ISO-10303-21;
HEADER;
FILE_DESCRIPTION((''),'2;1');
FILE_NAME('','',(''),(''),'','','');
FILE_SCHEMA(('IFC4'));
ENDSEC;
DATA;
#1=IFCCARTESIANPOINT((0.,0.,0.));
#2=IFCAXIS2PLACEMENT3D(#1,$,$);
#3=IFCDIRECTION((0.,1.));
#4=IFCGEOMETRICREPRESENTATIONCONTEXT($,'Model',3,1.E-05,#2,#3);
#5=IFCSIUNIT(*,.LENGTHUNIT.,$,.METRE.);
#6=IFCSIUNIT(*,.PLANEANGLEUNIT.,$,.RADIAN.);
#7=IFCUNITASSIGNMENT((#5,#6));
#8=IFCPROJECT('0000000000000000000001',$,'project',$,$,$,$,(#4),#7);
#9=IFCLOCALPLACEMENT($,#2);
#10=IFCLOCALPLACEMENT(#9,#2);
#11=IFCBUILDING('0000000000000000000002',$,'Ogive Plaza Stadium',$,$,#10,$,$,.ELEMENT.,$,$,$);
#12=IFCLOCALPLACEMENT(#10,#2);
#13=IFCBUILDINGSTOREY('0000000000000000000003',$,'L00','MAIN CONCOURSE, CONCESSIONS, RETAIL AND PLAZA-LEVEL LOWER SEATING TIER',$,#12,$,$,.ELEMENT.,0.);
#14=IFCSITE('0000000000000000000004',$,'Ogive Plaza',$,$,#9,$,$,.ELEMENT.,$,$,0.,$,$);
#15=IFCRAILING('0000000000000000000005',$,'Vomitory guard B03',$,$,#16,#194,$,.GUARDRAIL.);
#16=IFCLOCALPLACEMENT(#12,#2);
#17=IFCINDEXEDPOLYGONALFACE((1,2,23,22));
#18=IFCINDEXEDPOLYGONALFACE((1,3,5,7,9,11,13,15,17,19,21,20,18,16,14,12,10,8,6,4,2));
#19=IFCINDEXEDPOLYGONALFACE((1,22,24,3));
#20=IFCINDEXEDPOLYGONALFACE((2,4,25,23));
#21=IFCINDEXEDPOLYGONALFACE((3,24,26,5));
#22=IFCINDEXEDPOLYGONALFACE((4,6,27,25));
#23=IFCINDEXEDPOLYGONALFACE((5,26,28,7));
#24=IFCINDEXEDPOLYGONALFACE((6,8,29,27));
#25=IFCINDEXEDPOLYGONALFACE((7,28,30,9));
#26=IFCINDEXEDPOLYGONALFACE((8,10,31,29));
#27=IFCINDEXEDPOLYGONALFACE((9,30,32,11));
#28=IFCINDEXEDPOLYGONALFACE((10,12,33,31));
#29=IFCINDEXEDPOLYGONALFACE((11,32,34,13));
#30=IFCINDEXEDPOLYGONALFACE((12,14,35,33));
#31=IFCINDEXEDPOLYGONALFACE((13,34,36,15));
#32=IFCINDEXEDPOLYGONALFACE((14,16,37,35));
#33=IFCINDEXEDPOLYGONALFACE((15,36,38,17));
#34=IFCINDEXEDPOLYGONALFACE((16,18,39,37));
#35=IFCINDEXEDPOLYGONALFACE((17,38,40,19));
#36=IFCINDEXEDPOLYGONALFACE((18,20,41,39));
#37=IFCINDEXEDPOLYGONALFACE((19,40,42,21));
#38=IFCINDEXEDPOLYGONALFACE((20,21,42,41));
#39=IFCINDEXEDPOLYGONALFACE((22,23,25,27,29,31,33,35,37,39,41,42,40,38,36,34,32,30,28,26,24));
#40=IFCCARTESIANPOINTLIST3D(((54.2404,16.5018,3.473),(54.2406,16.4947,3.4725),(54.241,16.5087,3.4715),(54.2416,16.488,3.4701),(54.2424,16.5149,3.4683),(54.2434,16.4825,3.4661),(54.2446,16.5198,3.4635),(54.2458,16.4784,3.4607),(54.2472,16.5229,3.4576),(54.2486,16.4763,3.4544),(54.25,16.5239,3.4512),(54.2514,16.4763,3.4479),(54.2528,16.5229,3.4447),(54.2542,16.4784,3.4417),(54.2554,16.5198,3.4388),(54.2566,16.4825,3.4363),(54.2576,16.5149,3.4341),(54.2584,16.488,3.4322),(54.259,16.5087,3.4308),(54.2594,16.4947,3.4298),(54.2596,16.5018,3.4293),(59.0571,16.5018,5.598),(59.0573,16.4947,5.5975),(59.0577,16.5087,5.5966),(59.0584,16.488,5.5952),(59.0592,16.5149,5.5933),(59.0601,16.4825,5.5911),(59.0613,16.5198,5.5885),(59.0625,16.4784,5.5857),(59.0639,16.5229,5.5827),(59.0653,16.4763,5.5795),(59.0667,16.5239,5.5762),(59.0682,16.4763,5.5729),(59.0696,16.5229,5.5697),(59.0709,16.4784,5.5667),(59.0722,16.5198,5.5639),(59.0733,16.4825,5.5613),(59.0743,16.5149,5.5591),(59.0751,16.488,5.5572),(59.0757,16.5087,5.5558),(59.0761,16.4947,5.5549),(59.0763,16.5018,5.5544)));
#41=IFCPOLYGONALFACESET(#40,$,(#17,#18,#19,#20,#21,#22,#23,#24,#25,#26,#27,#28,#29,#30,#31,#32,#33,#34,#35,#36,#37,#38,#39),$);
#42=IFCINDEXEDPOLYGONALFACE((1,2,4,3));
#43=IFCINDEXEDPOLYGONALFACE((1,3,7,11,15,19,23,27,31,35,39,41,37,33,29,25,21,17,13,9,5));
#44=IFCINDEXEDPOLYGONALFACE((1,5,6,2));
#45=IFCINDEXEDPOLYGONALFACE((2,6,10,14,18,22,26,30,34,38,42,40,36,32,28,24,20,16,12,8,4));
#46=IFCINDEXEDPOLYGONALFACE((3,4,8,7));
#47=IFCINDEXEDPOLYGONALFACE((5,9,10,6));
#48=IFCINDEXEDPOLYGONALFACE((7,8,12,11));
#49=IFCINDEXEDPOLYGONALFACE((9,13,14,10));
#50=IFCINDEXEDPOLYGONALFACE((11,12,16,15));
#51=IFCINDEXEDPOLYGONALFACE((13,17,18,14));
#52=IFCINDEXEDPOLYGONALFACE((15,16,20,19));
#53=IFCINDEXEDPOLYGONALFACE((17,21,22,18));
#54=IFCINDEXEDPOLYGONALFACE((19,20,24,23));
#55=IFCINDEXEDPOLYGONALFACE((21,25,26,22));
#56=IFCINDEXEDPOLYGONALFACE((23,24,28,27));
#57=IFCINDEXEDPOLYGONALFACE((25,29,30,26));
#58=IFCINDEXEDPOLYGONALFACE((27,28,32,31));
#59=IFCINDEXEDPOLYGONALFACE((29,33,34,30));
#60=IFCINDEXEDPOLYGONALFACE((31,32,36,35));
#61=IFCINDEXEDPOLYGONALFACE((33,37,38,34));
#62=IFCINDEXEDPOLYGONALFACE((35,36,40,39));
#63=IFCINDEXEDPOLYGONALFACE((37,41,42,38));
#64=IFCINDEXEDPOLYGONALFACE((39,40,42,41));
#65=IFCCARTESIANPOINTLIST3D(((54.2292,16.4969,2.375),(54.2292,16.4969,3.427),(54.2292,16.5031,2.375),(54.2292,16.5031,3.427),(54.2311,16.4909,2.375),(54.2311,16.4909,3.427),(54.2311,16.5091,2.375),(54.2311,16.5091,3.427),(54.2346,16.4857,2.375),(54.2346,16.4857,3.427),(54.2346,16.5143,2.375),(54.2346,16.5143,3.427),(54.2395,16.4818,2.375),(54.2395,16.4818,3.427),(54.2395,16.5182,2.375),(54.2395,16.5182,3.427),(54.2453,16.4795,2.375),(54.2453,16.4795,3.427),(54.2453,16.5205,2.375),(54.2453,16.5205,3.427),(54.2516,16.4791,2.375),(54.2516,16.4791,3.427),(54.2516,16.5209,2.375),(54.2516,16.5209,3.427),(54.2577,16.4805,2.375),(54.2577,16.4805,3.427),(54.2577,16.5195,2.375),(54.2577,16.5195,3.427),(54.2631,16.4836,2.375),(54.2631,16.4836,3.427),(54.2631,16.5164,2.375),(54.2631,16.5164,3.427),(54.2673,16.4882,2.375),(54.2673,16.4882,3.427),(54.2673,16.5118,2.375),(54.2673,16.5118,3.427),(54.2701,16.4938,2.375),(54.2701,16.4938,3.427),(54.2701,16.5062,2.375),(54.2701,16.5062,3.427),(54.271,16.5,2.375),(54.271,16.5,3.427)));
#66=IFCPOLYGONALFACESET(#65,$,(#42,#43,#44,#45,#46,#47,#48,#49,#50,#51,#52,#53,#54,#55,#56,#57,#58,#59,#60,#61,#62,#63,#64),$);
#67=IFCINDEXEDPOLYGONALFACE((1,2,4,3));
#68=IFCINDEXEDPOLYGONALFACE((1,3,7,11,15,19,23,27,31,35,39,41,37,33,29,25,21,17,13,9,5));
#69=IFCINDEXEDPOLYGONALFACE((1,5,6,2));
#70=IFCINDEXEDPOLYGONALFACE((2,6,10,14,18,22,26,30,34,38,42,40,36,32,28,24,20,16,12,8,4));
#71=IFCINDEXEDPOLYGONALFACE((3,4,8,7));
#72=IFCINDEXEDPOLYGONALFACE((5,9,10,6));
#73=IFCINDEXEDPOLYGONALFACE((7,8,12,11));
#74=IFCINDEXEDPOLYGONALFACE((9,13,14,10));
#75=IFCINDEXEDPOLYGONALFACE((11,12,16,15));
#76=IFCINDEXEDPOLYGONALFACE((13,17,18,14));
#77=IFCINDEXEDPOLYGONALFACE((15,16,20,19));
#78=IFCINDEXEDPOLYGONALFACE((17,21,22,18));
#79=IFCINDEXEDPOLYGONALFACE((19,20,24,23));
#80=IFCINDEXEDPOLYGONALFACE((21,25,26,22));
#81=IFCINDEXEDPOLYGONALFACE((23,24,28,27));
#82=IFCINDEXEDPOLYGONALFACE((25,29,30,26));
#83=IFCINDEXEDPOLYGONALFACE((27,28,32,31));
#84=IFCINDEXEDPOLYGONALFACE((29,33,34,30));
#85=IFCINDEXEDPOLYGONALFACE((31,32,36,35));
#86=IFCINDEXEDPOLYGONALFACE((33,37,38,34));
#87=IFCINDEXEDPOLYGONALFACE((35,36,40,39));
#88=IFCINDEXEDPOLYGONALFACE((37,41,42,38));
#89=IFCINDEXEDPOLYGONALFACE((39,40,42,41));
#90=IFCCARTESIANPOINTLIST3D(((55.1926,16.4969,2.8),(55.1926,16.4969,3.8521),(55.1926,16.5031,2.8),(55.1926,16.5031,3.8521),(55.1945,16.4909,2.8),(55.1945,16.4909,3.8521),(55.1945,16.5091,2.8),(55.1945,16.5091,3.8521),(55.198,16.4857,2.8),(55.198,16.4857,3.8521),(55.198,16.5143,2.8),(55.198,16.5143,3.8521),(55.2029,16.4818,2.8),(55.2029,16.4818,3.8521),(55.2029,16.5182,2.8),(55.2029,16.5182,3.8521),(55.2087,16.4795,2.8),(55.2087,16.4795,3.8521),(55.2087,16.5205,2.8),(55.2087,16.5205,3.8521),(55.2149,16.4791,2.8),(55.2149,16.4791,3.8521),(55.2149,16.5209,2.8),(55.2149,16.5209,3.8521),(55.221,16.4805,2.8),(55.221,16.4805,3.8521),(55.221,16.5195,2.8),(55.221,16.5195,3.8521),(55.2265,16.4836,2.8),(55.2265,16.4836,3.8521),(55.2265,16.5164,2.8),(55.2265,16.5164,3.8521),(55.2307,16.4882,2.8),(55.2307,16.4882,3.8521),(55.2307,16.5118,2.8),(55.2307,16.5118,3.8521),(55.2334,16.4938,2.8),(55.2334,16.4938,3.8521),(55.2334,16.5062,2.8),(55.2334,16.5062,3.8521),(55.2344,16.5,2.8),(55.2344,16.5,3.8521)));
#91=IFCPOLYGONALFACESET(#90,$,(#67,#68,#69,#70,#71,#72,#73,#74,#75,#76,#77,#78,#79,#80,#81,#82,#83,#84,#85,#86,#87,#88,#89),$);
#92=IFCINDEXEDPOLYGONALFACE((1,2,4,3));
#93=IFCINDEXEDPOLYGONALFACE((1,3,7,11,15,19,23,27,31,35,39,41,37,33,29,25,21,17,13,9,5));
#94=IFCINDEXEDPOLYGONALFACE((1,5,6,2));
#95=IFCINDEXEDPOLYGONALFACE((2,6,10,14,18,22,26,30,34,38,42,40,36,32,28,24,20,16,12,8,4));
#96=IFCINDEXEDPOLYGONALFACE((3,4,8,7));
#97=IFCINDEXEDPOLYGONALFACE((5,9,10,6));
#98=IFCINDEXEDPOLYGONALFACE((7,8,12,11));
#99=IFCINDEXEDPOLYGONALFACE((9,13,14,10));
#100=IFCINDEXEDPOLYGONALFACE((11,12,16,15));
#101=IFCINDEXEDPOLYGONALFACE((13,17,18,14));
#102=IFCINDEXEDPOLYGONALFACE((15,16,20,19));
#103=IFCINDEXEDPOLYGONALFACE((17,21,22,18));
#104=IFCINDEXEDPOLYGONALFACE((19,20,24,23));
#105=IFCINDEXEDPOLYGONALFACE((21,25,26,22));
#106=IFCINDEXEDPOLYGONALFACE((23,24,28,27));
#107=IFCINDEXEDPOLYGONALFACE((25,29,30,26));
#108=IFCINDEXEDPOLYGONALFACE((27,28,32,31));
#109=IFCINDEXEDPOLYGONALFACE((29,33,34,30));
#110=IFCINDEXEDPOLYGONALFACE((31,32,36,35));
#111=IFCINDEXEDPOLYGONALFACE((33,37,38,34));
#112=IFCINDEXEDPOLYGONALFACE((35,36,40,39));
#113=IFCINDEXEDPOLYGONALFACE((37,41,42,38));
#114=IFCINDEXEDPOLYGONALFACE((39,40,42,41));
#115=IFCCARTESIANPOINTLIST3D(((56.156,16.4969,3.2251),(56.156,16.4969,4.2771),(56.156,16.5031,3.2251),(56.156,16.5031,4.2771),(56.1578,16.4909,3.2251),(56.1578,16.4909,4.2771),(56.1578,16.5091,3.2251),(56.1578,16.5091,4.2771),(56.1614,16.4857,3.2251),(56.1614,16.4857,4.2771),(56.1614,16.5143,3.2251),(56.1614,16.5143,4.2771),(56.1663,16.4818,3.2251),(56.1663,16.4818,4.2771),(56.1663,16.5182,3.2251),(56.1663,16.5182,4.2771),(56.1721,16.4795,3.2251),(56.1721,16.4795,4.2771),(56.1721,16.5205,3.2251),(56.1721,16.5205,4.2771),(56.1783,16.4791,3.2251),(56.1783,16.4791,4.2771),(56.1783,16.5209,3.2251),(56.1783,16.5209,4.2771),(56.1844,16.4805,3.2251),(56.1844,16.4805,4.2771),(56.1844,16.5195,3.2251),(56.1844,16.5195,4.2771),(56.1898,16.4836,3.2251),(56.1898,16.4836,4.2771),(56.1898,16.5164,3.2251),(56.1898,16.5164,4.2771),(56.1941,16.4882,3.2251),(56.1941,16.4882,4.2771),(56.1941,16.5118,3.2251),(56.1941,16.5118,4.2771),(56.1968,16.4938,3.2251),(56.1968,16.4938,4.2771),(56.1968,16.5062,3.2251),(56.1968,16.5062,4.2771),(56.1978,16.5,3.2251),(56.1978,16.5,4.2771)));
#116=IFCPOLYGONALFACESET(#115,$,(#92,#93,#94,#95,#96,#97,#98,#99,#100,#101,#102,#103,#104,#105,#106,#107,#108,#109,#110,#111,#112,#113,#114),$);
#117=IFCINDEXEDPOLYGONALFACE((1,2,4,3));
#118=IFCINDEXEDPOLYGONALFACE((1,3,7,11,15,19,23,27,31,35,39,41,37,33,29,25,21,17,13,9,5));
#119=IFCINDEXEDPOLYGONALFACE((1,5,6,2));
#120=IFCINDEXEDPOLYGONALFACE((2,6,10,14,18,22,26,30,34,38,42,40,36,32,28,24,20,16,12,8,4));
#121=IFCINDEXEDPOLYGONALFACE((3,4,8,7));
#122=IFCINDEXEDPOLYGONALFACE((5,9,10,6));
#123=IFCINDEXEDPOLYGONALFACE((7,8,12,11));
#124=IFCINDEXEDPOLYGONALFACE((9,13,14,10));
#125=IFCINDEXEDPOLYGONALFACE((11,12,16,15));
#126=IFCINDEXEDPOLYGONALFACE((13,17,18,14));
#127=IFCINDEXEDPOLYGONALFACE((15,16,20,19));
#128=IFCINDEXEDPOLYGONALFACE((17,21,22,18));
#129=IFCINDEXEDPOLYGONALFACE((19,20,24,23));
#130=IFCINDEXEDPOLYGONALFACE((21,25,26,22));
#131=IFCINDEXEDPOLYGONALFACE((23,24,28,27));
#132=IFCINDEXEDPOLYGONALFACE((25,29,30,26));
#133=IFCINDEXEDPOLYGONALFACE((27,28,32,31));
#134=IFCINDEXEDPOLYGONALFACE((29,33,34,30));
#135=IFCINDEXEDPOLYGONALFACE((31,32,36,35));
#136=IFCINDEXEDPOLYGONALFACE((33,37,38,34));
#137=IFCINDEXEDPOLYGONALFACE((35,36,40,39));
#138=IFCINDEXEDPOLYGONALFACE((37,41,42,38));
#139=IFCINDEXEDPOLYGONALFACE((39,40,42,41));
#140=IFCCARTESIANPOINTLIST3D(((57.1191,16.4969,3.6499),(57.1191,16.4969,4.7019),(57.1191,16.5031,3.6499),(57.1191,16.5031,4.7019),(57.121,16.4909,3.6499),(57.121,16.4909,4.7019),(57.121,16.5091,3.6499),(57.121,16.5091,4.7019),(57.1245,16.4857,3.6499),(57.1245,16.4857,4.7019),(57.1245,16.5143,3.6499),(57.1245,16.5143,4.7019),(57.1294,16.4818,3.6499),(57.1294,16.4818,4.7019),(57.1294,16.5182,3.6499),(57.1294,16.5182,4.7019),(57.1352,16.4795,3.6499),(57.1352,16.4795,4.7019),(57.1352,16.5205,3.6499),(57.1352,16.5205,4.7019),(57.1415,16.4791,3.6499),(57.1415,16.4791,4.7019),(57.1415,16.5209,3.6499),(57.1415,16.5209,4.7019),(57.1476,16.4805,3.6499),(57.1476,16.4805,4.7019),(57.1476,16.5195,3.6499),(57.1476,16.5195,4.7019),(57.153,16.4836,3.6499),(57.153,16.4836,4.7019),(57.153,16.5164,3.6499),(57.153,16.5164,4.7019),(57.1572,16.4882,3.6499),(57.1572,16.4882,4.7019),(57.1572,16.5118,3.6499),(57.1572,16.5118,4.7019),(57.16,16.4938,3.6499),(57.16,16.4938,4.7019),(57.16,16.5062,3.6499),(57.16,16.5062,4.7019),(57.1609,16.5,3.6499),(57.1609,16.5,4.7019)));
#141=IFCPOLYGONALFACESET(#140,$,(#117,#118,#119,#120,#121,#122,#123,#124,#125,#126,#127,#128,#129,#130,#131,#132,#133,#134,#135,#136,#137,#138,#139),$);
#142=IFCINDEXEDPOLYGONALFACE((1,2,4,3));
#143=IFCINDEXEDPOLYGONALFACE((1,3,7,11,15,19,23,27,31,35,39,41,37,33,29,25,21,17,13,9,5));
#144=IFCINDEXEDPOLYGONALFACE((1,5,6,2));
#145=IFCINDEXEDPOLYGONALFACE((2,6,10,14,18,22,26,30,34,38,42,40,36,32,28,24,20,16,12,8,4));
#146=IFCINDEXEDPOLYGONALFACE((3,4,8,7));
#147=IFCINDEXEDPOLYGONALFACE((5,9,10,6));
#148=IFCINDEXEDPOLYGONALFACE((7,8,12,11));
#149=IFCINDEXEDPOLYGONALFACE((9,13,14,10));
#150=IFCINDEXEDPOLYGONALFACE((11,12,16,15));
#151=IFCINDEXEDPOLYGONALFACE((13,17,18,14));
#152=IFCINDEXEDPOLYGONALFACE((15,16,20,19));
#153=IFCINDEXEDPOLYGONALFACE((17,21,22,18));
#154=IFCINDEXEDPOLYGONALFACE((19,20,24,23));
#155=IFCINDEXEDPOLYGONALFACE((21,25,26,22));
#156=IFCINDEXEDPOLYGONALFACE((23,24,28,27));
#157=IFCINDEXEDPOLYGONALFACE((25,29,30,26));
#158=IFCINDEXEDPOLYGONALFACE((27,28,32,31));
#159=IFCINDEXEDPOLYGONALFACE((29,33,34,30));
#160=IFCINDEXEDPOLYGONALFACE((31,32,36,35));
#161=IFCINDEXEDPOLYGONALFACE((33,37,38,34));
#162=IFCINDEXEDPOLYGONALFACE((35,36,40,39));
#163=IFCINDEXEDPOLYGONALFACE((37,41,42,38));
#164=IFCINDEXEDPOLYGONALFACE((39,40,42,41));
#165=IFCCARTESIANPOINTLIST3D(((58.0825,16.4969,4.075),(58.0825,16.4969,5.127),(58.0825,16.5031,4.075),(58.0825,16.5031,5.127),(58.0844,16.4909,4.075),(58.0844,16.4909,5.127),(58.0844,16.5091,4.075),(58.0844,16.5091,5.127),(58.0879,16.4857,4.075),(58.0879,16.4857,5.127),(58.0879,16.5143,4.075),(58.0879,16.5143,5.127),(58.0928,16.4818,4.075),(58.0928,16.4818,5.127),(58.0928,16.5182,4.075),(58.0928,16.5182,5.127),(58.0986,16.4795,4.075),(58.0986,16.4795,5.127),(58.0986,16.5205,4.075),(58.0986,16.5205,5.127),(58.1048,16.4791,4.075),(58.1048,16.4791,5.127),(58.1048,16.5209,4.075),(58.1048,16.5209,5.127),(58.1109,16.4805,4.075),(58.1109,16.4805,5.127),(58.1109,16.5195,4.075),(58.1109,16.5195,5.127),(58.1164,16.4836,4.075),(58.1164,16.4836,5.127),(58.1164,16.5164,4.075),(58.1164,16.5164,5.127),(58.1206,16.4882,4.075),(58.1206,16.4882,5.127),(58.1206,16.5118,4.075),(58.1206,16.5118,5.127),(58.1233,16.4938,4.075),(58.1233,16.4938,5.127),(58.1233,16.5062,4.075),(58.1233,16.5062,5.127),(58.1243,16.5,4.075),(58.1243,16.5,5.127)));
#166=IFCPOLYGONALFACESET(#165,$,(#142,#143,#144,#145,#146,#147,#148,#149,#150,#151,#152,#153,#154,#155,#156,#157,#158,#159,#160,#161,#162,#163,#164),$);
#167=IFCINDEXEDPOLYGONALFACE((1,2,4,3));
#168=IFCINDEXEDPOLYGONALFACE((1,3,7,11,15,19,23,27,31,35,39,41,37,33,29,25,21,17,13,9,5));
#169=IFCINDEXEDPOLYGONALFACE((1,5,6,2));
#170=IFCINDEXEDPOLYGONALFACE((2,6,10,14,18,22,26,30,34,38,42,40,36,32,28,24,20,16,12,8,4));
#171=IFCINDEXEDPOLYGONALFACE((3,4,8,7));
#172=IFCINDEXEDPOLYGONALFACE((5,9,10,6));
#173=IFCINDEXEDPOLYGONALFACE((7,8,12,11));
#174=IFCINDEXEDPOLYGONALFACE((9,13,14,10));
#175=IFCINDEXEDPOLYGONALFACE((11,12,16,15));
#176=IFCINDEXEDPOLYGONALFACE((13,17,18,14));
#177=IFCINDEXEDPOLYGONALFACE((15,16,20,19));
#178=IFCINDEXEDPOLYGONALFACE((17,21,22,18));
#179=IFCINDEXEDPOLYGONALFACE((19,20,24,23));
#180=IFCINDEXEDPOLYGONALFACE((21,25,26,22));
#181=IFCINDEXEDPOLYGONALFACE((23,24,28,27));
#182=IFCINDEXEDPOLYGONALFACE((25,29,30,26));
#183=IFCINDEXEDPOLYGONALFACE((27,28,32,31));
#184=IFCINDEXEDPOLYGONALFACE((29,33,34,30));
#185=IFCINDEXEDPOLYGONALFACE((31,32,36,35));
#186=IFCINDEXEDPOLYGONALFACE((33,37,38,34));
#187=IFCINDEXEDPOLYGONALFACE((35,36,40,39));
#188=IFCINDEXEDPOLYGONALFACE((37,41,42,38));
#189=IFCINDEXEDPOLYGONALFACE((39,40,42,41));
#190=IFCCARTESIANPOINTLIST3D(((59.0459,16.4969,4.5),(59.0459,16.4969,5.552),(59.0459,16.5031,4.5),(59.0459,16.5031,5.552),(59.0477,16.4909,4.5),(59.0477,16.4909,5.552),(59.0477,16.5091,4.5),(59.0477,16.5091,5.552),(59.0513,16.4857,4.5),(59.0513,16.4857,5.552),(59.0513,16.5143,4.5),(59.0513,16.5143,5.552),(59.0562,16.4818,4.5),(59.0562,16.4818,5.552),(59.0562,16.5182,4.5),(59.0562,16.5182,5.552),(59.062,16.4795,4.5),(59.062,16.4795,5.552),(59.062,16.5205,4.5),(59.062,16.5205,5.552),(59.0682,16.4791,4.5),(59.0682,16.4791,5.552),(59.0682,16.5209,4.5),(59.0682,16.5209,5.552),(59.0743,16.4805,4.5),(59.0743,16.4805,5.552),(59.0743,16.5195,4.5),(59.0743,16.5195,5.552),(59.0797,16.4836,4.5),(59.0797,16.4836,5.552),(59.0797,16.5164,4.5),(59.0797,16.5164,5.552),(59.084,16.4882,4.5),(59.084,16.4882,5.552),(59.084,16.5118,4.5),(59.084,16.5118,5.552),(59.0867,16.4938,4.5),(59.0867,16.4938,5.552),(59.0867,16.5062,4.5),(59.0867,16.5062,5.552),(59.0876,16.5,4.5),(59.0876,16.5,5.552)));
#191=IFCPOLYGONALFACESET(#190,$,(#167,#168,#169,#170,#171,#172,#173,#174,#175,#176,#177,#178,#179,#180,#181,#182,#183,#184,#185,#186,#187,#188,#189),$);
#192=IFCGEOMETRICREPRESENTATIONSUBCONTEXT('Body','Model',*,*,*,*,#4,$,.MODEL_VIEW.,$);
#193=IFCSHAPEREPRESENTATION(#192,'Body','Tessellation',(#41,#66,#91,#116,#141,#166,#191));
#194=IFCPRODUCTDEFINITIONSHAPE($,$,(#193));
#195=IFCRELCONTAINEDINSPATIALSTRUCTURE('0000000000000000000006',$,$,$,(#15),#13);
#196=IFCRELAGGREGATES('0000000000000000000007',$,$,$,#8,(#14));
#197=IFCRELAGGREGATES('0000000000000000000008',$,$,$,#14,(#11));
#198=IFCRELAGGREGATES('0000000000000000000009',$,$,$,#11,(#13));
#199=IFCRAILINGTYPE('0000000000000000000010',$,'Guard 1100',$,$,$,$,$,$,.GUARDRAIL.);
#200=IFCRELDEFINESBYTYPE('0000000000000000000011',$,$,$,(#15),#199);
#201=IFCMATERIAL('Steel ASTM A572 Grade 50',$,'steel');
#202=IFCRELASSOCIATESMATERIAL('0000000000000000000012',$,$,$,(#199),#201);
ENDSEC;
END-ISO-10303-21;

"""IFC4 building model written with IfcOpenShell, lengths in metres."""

from ifc_helpers import new_model, si_unit, direction, frame, origin, origin_2d, place, context, subcontext, project, spatial, circle, extrude, material, type_object, element, save


model = new_model("IFC4")

# Units and contexts
model_context = context("Model", 3, precision=1e-05, world=origin(), true_north=direction((0.0, 1.0)))
body_context = subcontext(model_context, "Body", "Model", "MODEL_VIEW")
ifc_project = project(units=[si_unit("LENGTHUNIT", "METRE"), si_unit("PLANEANGLEUNIT", "RADIAN")], contexts=[model_context])

# Site, building, storey
site_placement = place(None, origin())
site = spatial("IfcSite", under=ifc_project, at=site_placement, Name="Ogive Plaza", CompositionType="ELEMENT", RefElevation=0.0)
building_placement = place(site_placement, origin())
building = spatial("IfcBuilding", under=site, at=building_placement, Name="Ogive Plaza Stadium", CompositionType="ELEMENT")
storey_placement = place(building_placement, origin())
storey = spatial("IfcBuildingStorey", under=building, at=storey_placement, Name="L00", Description="MAIN CONCOURSE, CONCESSIONS, RETAIL AND PLAZA-LEVEL LOWER SEATING TIER", CompositionType="ELEMENT", Elevation=0.0)

# Railing
ifc_material_1 = material(Name="Steel ASTM A572 Grade 50", Category="steel")
railing_type = type_object("IfcRailingType", Name="Guard 1100", PredefinedType="GUARDRAIL", material=ifc_material_1)
for number, where, name in (
    (1, (54.25, 16.5, 2.375), "Vomitory guard B03"),
):
    element("IfcRailing", number, at=place(storey_placement, frame(where)), inside=storey, type_object=railing_type, Name=name, PredefinedType="GUARDRAIL", context=body_context, shape_type="SweptSolid", body=[
        extrude(circle(Radius=0.0239, at=origin_2d()), frame((0.0, 0.0, 1.0762), z_axis=(0.914917, 0.0, 0.403641), x_axis=(0.0, 1.0, 0.0)), (0.0, 0.0, 1.0), 5.2646),
        extrude(circle(Radius=0.021, at=origin_2d()), origin(), (0.0, 0.0, 1.0), 1.052),
        extrude(circle(Radius=0.021, at=origin_2d()), frame((0.9634, 0.0, 0.425)), (0.0, 0.0, 1.0), 1.052),
        extrude(circle(Radius=0.021, at=origin_2d()), frame((1.9268, 0.0, 0.8501)), (0.0, 0.0, 1.0), 1.052),
        extrude(circle(Radius=0.021, at=origin_2d()), frame((2.8899, 0.0, 1.2749)), (0.0, 0.0, 1.0), 1.052),
        extrude(circle(Radius=0.021, at=origin_2d()), frame((3.8533, 0.0, 1.7)), (0.0, 0.0, 1.0), 1.052),
        extrude(circle(Radius=0.021, at=origin_2d()), frame((4.8167, 0.0, 2.125)), (0.0, 0.0, 1.0), 1.052),
    ])

save(model, "model.ifc")
